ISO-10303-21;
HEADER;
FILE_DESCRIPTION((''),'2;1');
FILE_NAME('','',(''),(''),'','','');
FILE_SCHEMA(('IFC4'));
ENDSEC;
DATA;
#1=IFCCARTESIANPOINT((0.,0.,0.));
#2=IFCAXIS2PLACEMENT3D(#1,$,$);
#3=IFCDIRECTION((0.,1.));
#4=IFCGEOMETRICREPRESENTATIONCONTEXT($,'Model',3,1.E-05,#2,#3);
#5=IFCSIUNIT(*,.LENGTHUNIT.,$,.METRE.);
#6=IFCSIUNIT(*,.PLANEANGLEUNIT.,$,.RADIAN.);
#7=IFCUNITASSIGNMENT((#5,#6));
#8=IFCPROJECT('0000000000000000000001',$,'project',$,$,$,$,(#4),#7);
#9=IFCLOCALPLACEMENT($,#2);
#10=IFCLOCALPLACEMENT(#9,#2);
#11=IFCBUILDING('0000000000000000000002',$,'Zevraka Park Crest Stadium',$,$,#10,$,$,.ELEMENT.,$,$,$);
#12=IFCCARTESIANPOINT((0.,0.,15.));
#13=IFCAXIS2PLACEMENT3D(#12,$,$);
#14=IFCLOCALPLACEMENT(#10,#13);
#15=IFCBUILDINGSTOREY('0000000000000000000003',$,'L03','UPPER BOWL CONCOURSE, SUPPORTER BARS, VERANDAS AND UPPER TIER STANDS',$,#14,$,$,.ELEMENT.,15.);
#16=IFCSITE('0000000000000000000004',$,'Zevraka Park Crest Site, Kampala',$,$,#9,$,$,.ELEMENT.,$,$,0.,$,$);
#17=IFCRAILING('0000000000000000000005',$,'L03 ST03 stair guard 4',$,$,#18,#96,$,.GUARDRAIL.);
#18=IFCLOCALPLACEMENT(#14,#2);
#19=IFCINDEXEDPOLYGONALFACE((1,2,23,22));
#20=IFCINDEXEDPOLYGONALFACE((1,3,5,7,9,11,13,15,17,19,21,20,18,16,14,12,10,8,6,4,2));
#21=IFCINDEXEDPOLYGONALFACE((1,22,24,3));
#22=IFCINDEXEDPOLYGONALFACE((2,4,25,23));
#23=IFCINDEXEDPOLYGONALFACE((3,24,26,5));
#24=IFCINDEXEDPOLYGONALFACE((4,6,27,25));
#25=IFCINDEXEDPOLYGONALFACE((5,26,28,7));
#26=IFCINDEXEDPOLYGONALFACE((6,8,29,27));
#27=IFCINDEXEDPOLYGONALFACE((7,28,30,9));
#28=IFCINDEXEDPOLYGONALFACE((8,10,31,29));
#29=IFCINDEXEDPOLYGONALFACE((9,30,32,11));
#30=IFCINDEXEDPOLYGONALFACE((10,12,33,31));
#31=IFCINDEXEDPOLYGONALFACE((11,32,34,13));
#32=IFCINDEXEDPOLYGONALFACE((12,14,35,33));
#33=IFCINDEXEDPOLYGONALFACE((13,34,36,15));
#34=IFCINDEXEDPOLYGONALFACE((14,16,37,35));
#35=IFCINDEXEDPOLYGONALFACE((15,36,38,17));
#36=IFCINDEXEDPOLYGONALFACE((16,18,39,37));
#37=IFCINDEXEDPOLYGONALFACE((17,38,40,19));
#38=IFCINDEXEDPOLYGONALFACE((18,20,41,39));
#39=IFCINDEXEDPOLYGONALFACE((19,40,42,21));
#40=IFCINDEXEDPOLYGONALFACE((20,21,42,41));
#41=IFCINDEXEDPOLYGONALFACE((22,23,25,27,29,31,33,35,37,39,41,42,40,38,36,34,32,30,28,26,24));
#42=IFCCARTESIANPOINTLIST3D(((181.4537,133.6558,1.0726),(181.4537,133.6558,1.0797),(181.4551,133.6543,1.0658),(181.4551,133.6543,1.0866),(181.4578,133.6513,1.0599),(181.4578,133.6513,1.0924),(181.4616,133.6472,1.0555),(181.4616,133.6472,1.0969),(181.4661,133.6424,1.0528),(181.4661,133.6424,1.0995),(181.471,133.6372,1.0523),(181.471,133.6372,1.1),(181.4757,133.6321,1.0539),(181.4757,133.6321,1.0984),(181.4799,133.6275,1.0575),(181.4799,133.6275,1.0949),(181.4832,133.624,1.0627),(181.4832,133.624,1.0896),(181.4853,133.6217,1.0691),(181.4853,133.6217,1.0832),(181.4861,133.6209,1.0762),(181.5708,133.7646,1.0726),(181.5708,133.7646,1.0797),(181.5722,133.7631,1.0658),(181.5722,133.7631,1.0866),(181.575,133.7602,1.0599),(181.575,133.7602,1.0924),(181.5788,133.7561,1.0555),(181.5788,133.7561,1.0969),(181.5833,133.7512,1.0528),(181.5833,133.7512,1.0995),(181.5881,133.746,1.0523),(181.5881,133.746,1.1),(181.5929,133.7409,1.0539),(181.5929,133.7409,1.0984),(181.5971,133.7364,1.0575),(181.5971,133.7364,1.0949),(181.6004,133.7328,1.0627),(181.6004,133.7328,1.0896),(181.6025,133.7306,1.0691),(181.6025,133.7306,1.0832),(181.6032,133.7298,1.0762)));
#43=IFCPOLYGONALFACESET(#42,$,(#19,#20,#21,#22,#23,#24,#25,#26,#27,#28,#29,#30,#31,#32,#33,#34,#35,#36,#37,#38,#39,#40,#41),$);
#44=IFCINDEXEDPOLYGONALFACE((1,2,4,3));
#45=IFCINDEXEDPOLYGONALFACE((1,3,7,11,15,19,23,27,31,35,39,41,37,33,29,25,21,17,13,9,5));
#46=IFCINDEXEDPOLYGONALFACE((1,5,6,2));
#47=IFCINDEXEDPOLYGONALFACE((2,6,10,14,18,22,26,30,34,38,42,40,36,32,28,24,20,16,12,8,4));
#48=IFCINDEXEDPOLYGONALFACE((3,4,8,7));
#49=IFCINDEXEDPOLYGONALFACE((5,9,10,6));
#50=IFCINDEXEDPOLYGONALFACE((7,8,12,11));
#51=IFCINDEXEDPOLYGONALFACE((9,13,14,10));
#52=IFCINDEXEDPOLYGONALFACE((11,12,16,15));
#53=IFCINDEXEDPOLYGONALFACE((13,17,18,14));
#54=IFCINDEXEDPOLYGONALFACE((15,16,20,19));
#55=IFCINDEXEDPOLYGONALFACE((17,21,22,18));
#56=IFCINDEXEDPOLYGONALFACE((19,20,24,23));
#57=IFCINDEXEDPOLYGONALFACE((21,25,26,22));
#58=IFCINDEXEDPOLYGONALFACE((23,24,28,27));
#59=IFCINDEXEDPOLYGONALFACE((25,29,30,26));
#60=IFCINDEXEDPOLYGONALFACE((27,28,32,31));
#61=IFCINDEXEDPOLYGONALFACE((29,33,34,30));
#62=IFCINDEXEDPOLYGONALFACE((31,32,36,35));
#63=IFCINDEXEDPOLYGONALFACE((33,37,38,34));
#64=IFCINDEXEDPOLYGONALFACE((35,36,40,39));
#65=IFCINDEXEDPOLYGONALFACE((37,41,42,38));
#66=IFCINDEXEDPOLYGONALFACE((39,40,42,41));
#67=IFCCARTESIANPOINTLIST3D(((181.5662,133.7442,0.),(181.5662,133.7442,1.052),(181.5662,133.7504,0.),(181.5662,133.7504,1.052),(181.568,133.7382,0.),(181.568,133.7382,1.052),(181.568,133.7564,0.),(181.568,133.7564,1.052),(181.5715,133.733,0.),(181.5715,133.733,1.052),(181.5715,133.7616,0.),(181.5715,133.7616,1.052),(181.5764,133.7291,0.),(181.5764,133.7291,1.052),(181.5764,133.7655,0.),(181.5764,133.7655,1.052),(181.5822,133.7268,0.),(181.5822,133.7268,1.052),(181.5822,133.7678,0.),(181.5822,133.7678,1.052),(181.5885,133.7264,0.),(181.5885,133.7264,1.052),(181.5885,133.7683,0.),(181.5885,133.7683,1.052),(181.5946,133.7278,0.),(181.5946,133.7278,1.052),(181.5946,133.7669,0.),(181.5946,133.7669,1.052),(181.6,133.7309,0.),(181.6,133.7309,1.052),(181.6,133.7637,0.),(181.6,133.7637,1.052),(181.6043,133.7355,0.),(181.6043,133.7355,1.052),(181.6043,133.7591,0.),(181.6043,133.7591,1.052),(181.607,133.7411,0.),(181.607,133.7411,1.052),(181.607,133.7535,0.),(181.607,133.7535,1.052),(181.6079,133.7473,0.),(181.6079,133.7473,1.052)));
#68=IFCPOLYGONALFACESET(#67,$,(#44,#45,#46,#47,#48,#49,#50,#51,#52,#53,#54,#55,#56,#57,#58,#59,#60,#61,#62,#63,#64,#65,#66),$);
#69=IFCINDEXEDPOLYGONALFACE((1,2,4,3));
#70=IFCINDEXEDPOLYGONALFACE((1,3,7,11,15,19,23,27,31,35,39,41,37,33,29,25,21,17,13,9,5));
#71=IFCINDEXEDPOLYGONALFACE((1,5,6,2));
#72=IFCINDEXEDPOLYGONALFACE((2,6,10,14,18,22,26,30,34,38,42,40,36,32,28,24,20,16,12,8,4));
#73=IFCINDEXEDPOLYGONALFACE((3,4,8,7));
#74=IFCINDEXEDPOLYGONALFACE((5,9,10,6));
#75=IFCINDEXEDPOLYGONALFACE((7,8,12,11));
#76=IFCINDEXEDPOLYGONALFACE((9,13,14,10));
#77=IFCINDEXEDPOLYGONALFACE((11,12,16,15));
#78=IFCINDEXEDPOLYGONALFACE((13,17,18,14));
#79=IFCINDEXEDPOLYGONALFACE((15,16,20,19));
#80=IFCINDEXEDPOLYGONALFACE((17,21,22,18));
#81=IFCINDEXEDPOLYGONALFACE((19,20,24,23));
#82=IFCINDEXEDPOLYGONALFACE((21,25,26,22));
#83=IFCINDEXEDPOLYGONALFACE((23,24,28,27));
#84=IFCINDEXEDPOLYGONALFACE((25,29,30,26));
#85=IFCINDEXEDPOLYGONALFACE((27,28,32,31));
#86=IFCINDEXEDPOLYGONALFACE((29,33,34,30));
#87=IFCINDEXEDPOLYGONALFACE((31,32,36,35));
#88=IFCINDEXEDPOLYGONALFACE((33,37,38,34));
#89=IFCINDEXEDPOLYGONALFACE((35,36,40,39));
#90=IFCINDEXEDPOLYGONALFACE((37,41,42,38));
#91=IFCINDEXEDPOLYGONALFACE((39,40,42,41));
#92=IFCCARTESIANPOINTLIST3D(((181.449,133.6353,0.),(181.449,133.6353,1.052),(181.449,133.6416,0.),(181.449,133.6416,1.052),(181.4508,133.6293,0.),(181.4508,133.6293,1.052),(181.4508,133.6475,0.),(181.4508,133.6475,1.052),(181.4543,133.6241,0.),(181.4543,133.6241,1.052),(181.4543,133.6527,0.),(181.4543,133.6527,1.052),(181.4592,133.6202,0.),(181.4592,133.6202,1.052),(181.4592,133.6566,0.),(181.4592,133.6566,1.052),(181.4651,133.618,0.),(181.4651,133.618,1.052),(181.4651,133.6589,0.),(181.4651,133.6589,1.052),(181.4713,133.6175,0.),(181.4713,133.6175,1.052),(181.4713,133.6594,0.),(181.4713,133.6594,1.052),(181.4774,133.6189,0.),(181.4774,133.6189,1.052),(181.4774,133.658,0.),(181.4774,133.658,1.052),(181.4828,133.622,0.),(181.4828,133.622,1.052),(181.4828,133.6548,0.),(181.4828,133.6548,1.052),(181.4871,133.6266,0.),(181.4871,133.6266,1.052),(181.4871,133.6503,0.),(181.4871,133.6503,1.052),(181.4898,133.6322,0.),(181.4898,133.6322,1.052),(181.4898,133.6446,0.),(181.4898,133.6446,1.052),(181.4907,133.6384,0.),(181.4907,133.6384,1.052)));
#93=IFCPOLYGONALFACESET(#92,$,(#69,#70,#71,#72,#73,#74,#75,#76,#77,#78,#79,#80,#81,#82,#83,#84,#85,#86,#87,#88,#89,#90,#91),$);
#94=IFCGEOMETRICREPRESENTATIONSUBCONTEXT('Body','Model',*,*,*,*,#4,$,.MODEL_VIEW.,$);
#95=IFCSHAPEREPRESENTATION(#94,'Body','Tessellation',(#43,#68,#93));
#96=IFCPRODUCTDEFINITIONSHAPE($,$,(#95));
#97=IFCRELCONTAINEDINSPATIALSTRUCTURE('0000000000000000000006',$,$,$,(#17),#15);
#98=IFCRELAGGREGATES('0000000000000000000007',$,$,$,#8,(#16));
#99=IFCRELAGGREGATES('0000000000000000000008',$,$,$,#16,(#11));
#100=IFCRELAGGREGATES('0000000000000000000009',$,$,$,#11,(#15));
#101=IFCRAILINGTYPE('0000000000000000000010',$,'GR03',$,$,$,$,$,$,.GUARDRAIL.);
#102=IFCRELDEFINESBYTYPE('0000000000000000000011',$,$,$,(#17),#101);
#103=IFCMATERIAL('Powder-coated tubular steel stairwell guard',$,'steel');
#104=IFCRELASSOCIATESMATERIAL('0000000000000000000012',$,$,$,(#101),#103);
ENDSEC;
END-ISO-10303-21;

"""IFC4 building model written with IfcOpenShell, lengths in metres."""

from ifc_helpers import new_model, si_unit, direction, frame, origin, origin_2d, place, context, subcontext, project, spatial, circle, extrude, material, type_object, element, save


model = new_model("IFC4")

# Units and contexts
model_context = context("Model", 3, precision=1e-05, world=origin(), true_north=direction((0.0, 1.0)))
body_context = subcontext(model_context, "Body", "Model", "MODEL_VIEW")
ifc_project = project(units=[si_unit("LENGTHUNIT", "METRE"), si_unit("PLANEANGLEUNIT", "RADIAN")], contexts=[model_context])

# Site, building, storey
site_placement = place(None, origin())
site = spatial("IfcSite", under=ifc_project, at=site_placement, Name="Zevraka Park Crest Site, Kampala", CompositionType="ELEMENT", RefElevation=0.0)
building_placement = place(site_placement, origin())
building = spatial("IfcBuilding", under=site, at=building_placement, Name="Zevraka Park Crest Stadium", CompositionType="ELEMENT")
storey_placement = place(building_placement, frame((0.0, 0.0, 15.0)))
storey = spatial("IfcBuildingStorey", under=building, at=storey_placement, Name="L03", Description="UPPER BOWL CONCOURSE, SUPPORTER BARS, VERANDAS AND UPPER TIER STANDS", CompositionType="ELEMENT", Elevation=15.0)

# Railing
ifc_material_1 = material(Name="Powder-coated tubular steel stairwell guard", Category="steel")
railing_type_1 = type_object("IfcRailingType", Name="GR03", PredefinedType="GUARDRAIL", material=ifc_material_1)
railing_1_placement = place(storey_placement, frame((181.5869, 133.7473, 0.0)))
element("IfcRailing", 1, at=railing_1_placement, inside=storey, type_object=railing_type_1, Name="L03 ST03 stair guard 4", PredefinedType="GUARDRAIL", context=body_context, shape_type="SweptSolid", body=[
    extrude(circle(Radius=0.0239, at=origin_2d()), frame((0.0, 0.0, 1.0762), z_axis=(-0.732576, -0.680685, 0.0), x_axis=(0.680685, -0.732576, 0.0)), (0.0, 0.0, 1.0), 0.1599),
    extrude(circle(Radius=0.021, at=origin_2d()), origin(), (0.0, 0.0, 1.0), 1.052),
    extrude(circle(Radius=0.021, at=origin_2d()), frame((-0.1172, -0.1089, 0.0)), (0.0, 0.0, 1.0), 1.052),
])

save(model, "model.ifc")
